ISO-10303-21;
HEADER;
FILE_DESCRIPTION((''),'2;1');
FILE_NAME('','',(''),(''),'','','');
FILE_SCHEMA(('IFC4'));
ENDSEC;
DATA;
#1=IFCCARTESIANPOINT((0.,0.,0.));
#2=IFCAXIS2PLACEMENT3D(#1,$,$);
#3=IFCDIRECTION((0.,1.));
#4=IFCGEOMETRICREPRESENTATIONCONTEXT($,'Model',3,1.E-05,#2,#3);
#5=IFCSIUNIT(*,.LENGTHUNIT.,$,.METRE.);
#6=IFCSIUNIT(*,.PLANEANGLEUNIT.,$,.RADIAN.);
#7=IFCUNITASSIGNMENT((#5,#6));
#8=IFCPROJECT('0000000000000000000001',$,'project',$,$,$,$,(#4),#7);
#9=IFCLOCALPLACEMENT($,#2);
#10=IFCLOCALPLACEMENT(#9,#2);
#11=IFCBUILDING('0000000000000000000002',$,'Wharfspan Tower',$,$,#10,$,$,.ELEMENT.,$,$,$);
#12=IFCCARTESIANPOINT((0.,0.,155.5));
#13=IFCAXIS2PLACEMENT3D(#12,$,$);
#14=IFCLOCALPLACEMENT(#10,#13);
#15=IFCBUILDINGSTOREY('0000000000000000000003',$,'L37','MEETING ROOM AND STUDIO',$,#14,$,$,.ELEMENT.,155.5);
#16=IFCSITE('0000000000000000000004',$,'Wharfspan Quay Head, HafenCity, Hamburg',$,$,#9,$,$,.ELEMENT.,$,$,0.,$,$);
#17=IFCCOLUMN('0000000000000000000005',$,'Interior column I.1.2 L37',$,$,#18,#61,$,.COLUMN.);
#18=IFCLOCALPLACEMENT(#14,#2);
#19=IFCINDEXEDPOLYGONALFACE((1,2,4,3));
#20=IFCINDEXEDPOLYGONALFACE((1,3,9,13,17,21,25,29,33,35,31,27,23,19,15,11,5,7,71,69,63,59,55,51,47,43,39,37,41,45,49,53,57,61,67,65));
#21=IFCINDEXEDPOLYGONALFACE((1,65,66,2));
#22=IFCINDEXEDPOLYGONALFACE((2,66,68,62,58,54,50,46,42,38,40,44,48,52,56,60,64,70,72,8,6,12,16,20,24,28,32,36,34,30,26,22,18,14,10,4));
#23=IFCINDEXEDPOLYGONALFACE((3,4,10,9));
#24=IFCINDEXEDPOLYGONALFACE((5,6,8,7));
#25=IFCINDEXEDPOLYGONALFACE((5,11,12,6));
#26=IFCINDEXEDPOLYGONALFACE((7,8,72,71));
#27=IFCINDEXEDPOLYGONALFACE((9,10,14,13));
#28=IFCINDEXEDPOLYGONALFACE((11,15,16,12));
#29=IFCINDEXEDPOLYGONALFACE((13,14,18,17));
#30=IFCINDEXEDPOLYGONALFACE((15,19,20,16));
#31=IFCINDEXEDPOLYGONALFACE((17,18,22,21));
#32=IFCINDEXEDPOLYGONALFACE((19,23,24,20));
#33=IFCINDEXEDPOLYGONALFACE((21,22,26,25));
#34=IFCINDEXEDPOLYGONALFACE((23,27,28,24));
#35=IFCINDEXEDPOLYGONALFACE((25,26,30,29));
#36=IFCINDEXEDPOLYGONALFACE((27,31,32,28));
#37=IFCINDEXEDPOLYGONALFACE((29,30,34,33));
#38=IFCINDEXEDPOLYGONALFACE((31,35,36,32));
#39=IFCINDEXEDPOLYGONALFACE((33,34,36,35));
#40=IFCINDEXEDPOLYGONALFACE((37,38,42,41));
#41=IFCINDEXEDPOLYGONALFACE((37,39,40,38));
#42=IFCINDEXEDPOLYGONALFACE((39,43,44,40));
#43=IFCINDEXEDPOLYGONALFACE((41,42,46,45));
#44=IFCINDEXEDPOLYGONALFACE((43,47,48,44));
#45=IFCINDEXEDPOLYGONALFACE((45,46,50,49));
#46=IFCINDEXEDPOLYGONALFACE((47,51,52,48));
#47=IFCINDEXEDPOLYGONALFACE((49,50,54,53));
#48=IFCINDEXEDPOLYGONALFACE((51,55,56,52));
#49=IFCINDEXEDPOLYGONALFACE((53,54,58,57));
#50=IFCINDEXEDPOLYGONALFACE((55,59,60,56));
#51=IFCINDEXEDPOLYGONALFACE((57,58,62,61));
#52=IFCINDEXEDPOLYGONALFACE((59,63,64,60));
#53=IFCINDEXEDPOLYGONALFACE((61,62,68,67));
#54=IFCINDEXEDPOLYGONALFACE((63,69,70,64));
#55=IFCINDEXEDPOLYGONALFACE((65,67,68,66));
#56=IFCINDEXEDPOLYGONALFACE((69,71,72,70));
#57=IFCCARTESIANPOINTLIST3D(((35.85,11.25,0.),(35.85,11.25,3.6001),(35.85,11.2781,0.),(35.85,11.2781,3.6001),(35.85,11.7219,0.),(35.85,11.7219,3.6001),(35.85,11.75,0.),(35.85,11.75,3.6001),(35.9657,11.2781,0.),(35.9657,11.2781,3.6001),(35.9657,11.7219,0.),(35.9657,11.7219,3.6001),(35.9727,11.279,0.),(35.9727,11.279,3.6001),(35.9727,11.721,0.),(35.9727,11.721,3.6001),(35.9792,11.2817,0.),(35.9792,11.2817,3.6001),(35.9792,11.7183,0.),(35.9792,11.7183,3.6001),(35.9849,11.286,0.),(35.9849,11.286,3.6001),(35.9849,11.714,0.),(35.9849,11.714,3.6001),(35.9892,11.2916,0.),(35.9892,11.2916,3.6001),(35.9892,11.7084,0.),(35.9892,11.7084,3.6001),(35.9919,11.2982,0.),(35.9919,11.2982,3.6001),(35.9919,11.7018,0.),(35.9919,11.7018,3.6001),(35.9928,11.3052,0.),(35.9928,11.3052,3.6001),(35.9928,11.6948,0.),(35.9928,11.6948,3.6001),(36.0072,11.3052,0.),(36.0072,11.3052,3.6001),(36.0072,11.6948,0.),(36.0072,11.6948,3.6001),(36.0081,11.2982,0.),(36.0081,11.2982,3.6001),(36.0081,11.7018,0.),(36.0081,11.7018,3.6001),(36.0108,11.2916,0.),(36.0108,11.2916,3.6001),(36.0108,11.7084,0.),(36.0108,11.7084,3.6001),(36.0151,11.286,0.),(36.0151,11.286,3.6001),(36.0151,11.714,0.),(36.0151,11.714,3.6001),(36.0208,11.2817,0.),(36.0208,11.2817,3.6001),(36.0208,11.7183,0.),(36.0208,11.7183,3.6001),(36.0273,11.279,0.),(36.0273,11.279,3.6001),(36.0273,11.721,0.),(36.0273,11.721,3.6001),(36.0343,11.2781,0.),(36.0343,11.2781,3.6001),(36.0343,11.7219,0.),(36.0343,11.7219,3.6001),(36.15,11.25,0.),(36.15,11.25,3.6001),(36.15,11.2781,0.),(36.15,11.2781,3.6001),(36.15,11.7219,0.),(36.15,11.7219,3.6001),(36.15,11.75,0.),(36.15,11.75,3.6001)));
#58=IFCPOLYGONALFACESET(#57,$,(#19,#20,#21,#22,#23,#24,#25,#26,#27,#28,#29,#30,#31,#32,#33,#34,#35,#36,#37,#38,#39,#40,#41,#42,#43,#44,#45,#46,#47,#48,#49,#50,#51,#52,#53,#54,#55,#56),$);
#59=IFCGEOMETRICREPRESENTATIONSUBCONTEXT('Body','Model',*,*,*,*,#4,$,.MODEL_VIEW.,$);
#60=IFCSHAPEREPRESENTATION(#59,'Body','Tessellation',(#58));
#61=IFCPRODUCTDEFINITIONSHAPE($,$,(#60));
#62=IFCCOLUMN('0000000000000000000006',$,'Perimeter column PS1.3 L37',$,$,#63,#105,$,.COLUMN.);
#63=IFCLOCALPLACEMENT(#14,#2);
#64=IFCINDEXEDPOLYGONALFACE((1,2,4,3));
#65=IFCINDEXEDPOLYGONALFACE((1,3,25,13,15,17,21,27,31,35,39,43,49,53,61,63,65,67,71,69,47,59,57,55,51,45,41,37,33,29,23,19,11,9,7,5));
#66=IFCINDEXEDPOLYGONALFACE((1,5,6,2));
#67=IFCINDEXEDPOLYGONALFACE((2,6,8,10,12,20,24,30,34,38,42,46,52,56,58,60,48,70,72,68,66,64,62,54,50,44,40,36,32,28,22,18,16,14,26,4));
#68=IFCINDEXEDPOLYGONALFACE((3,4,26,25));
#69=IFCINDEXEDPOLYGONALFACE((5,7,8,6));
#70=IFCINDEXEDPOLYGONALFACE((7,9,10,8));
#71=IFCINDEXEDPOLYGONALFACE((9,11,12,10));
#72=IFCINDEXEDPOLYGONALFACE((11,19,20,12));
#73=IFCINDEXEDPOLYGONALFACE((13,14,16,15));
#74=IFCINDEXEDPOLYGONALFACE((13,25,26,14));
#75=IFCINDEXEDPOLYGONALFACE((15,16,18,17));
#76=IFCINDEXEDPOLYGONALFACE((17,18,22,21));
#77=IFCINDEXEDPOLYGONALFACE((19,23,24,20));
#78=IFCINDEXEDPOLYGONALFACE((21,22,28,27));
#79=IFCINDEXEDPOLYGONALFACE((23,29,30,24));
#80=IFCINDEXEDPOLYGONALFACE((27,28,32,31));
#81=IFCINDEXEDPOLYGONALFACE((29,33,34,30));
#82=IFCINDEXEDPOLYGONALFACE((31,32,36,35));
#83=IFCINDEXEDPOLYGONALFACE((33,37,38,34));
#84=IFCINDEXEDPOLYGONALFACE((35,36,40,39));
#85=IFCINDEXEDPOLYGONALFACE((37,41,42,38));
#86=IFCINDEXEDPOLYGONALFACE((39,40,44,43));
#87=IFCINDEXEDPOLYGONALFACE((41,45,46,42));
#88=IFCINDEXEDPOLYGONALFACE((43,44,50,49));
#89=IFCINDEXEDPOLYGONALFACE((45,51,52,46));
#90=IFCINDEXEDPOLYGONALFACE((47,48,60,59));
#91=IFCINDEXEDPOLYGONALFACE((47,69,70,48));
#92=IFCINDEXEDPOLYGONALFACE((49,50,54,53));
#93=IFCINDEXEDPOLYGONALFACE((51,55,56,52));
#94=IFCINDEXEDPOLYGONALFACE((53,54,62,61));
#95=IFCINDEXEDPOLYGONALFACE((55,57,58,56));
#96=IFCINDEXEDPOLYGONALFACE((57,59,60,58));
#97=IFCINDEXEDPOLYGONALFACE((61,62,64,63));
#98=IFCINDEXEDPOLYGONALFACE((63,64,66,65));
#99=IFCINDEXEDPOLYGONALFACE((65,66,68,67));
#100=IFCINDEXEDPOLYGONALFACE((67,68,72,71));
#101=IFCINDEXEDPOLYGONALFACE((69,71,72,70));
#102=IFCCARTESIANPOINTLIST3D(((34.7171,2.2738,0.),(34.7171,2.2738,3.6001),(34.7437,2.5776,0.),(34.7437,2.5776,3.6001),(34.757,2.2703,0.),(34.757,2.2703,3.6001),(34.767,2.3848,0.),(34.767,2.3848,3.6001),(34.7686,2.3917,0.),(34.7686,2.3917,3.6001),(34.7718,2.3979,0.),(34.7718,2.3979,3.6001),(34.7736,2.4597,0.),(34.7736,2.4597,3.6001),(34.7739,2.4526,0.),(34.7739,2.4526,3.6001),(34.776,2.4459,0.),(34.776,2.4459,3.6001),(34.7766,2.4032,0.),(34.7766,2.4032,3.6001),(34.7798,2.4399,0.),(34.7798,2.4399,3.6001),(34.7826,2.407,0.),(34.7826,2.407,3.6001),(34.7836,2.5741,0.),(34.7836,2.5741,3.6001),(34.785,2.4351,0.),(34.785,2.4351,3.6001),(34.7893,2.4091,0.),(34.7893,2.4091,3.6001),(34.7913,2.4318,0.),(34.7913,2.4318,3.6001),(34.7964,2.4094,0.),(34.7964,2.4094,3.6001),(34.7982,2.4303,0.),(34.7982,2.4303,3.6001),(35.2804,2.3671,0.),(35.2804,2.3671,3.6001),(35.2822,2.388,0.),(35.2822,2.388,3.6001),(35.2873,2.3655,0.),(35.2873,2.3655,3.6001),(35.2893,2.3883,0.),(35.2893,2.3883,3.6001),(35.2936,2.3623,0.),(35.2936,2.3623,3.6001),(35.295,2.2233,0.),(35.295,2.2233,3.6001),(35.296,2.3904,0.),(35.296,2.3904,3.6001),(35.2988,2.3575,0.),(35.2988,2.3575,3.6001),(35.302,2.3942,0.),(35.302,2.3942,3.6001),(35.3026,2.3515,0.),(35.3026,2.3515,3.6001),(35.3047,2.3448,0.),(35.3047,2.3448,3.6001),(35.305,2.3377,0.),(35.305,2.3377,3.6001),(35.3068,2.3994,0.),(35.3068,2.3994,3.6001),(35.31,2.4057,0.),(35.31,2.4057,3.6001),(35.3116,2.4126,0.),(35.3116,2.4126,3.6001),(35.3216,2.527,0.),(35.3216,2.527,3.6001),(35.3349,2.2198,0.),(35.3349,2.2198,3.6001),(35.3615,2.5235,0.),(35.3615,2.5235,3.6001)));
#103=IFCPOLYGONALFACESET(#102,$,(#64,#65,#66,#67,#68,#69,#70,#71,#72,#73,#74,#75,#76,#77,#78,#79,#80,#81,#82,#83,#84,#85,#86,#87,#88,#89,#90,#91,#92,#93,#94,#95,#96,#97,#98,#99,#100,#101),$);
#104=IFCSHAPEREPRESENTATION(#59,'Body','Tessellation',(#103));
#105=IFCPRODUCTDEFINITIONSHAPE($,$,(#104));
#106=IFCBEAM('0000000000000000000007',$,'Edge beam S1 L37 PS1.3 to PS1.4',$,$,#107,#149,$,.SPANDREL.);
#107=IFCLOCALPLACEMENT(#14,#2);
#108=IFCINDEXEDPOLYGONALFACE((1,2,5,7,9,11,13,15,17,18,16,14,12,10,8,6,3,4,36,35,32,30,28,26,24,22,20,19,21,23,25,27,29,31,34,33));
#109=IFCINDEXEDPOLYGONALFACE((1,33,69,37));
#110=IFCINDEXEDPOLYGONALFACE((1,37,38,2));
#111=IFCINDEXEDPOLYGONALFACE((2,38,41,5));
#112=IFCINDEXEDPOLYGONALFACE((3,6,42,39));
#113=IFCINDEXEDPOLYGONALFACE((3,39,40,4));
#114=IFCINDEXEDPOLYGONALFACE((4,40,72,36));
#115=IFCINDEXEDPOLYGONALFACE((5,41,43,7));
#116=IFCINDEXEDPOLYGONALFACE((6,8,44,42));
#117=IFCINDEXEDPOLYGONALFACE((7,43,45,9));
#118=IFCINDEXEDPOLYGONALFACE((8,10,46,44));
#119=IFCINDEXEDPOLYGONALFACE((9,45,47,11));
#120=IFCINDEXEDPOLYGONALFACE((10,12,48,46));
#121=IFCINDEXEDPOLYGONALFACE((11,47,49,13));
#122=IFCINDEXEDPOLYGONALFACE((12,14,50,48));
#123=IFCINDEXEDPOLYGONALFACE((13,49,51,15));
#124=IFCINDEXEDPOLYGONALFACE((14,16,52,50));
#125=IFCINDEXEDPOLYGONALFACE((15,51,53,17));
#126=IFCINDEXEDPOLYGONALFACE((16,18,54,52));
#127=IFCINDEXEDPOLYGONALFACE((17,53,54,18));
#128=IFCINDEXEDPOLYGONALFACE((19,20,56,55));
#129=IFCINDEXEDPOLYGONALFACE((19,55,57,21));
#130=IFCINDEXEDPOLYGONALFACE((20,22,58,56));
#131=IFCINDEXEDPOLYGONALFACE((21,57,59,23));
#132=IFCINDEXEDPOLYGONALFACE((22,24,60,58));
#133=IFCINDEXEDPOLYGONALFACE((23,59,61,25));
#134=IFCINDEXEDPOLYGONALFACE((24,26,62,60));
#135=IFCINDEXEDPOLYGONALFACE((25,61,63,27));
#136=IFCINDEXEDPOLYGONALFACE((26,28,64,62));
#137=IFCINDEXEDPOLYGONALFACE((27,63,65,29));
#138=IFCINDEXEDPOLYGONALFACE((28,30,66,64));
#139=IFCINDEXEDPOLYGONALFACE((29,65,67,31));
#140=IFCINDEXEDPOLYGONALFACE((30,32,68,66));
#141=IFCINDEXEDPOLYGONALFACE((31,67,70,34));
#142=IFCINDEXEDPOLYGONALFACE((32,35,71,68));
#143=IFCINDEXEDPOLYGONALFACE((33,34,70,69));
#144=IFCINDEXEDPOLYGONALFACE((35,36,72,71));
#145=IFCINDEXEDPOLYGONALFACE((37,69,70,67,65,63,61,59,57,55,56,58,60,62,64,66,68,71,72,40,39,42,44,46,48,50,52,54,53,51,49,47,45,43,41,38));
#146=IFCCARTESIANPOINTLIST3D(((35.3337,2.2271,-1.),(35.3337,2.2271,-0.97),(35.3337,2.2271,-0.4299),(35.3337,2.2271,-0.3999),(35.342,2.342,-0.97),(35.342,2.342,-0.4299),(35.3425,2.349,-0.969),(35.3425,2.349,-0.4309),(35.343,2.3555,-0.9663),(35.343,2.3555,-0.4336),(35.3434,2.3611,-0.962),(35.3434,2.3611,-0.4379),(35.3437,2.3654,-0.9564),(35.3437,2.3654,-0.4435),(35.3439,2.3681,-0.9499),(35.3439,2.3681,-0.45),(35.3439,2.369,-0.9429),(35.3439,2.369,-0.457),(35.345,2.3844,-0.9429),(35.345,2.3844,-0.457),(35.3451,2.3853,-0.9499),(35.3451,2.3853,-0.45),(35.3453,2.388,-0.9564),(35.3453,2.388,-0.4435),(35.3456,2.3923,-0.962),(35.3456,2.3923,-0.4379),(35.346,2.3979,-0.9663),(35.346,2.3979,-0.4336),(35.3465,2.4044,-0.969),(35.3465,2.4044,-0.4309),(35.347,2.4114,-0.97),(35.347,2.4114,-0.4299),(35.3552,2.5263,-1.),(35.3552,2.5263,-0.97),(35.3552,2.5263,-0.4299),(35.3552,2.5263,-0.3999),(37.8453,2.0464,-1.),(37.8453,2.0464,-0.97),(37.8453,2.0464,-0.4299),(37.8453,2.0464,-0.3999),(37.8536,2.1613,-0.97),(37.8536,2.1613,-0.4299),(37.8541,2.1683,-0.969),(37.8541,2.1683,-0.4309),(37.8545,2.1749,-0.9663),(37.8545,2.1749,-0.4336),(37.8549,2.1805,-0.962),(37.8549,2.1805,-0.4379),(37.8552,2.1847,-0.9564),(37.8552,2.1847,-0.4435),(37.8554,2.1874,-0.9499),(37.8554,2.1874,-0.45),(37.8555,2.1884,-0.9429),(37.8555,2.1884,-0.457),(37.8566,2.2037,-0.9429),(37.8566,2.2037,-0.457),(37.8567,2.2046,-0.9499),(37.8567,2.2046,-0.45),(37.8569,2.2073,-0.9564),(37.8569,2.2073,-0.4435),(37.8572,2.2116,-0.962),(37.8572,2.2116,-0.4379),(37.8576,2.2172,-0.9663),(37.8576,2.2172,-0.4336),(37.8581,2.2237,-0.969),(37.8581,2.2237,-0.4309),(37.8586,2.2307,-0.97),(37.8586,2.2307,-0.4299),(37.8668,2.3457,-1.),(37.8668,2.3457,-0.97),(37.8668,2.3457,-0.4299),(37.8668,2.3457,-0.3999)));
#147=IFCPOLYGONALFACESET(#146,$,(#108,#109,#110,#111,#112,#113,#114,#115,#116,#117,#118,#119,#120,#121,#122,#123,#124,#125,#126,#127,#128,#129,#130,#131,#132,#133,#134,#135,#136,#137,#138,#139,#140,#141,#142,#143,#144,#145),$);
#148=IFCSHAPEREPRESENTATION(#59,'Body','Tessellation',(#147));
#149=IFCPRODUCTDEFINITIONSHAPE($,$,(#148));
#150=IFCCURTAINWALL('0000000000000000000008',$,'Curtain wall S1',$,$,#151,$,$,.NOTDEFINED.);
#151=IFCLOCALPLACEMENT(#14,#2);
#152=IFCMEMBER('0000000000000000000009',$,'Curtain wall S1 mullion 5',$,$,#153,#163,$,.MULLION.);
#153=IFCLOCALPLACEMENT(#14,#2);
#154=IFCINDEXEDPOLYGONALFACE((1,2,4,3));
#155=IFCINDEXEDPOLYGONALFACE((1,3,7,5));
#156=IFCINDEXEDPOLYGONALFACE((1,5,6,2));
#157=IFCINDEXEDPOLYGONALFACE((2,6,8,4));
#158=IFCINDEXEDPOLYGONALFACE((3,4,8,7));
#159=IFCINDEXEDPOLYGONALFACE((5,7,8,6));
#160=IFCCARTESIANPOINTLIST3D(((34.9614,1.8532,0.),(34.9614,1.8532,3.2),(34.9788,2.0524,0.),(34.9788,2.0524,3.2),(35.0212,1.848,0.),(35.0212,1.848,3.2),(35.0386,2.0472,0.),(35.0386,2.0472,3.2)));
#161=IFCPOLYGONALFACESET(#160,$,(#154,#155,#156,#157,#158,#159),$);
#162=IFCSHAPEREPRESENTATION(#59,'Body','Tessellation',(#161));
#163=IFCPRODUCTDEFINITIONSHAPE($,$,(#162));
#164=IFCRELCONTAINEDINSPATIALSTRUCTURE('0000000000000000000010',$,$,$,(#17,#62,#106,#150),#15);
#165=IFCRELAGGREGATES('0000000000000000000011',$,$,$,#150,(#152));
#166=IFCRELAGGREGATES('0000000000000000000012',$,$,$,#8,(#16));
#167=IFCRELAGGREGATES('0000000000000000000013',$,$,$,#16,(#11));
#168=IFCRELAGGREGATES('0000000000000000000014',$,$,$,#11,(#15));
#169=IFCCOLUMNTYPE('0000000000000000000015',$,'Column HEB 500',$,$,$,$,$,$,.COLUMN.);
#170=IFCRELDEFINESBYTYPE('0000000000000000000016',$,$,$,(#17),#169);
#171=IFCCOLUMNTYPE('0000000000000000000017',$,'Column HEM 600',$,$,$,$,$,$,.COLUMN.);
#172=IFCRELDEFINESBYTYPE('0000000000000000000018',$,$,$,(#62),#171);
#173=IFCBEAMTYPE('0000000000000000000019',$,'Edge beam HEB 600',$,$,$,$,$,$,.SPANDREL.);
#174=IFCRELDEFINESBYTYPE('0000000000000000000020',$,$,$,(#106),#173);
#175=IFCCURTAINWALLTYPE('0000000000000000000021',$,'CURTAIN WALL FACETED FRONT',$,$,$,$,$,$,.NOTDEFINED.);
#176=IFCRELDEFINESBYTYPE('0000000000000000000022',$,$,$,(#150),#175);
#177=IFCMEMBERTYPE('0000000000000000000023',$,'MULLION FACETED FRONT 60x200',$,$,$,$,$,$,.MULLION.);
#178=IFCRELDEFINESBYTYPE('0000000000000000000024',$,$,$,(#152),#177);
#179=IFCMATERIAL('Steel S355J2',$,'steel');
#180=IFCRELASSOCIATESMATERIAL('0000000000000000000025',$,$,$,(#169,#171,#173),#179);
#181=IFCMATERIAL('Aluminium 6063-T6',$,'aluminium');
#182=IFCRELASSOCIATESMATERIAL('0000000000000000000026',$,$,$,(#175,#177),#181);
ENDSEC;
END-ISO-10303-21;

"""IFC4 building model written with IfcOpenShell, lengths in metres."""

from ifc_helpers import new_model, si_unit, direction, frame, origin, origin_2d, place, context, subcontext, project, spatial, rectangle, i_section, extrude, material, material_profile, profile_set, type_object, element, aggregate, save


model = new_model("IFC4")

# Units and contexts
model_context = context("Model", 3, precision=1e-05, world=origin(), true_north=direction((0.0, 1.0)))
body_context = subcontext(model_context, "Body", "Model", "MODEL_VIEW")
ifc_project = project(units=[si_unit("LENGTHUNIT", "METRE"), si_unit("PLANEANGLEUNIT", "RADIAN")], contexts=[model_context])

# Site, building, storey
site_placement = place(None, origin())
site = spatial("IfcSite", under=ifc_project, at=site_placement, Name="Wharfspan Quay Head, HafenCity, Hamburg", CompositionType="ELEMENT", RefElevation=0.0)
building_placement = place(site_placement, origin())
building = spatial("IfcBuilding", under=site, at=building_placement, Name="Wharfspan Tower", CompositionType="ELEMENT")
storey_placement = place(building_placement, frame((0.0, 0.0, 155.5)))
storey = spatial("IfcBuildingStorey", under=building, at=storey_placement, Name="L37", Description="MEETING ROOM AND STUDIO", CompositionType="ELEMENT", Elevation=155.5)

# Columns
ifc_material_1 = material(Name="Steel S355J2", Category="steel")
ifc_material_profile_1 = material_profile(ifc_material_1, i_section(OverallWidth=0.3, OverallDepth=0.5, WebThickness=0.0144, FlangeThickness=0.0281, FilletRadius=0.0271, at=origin_2d()))
ifc_profile_set_1 = profile_set([ifc_material_profile_1], Name="Steel S355J2")
column_type_1 = type_object("IfcColumnType", Name="Column HEB 500", PredefinedType="COLUMN", material=ifc_profile_set_1)
column_1_placement = place(storey_placement, frame((36.0, 11.5, 0.0), z_axis=(0.0, 0.0, 1.0), x_axis=(1.0, 0.0, 0.0)))
element("IfcColumn", 1, at=column_1_placement, inside=storey, type_object=column_type_1, Name="Interior column I.1.2 L37", PredefinedType="COLUMN", context=body_context, shape_type="SweptSolid", body=[
    extrude(i_section(OverallWidth=0.3, OverallDepth=0.5, WebThickness=0.0144, FlangeThickness=0.0281, FilletRadius=0.0271, at=origin_2d()), origin(), (0.0, 0.0, 1.0), 3.6001),
])
ifc_material_profile_2 = material_profile(ifc_material_1, i_section(OverallWidth=0.3049, OverallDepth=0.6201, WebThickness=0.021, FlangeThickness=0.04, FilletRadius=0.0271, at=origin_2d()))
ifc_profile_set_2 = profile_set([ifc_material_profile_2], Name="Steel S355J2")
column_type_2 = type_object("IfcColumnType", Name="Column HEM 600", PredefinedType="COLUMN", material=ifc_profile_set_2)
column_2_placement = place(storey_placement, frame((35.0393, 2.3987, 0.0), z_axis=(0.0, 0.0, 1.0), x_axis=(-0.087156, -0.996198, 0.0)))
element("IfcColumn", 2, at=column_2_placement, inside=storey, type_object=column_type_2, Name="Perimeter column PS1.3 L37", PredefinedType="COLUMN", context=body_context, shape_type="SweptSolid", body=[
    extrude(i_section(OverallWidth=0.3049, OverallDepth=0.6201, WebThickness=0.021, FlangeThickness=0.04, FilletRadius=0.0271, at=origin_2d()), origin(), (0.0, 0.0, 1.0), 3.6001),
])

# Beam
ifc_material_profile_3 = material_profile(ifc_material_1, i_section(OverallWidth=0.3, OverallDepth=0.6001, WebThickness=0.0154, FlangeThickness=0.03, FilletRadius=0.0271, at=origin_2d()))
ifc_profile_set_3 = profile_set([ifc_material_profile_3], Name="Steel S355J2")
beam_type = type_object("IfcBeamType", Name="Edge beam HEB 600", PredefinedType="SPANDREL", material=ifc_profile_set_3)
beam_placement = place(storey_placement, frame((35.3445, 2.3767, -0.7), z_axis=(0.997423, -0.07175, 0.0), x_axis=(0.07175, 0.997423, 0.0)))
element("IfcBeam", 3, at=beam_placement, inside=storey, type_object=beam_type, Name="Edge beam S1 L37 PS1.3 to PS1.4", PredefinedType="SPANDREL", context=body_context, shape_type="SweptSolid", body=[
    extrude(i_section(OverallWidth=0.3, OverallDepth=0.6001, WebThickness=0.0154, FlangeThickness=0.03, FilletRadius=0.0271, at=origin_2d()), origin(), (0.0, 0.0, 1.0), 2.5181),
])

# Curtain wall, member
ifc_material_2 = material(Name="Aluminium 6063-T6", Category="aluminium")
curtain_wall_type = type_object("IfcCurtainWallType", Name="CURTAIN WALL FACETED FRONT", PredefinedType="NOTDEFINED", material=ifc_material_2)
curtain_wall_placement = place(storey_placement, origin())
curtain_wall = element("IfcCurtainWall", 4, at=curtain_wall_placement, inside=storey, type_object=curtain_wall_type, Name="Curtain wall S1", PredefinedType="NOTDEFINED")
ifc_material_profile_4 = material_profile(ifc_material_2, rectangle(XDim=0.2, YDim=0.0601, at=origin_2d()))
ifc_profile_set_4 = profile_set([ifc_material_profile_4], Name="Aluminium 6063-T6")
member_type_1 = type_object("IfcMemberType", Name="MULLION FACETED FRONT 60x200", PredefinedType="MULLION", material=ifc_profile_set_4)
member_1_placement = place(storey_placement, frame((35.0, 1.9502, 0.0), z_axis=(0.0, 0.0, 1.0), x_axis=(0.087156, 0.996198, 0.0)))
member_1 = element("IfcMember", 5, at=member_1_placement, type_object=member_type_1, Name="Curtain wall S1 mullion 5", PredefinedType="MULLION", context=body_context, shape_type="SweptSolid", body=[
    extrude(rectangle(XDim=0.2, YDim=0.0601, at=origin_2d()), origin(), (0.0, 0.0, 1.0), 3.2),
])

aggregate(curtain_wall, [member_1])

save(model, "model.ifc")
